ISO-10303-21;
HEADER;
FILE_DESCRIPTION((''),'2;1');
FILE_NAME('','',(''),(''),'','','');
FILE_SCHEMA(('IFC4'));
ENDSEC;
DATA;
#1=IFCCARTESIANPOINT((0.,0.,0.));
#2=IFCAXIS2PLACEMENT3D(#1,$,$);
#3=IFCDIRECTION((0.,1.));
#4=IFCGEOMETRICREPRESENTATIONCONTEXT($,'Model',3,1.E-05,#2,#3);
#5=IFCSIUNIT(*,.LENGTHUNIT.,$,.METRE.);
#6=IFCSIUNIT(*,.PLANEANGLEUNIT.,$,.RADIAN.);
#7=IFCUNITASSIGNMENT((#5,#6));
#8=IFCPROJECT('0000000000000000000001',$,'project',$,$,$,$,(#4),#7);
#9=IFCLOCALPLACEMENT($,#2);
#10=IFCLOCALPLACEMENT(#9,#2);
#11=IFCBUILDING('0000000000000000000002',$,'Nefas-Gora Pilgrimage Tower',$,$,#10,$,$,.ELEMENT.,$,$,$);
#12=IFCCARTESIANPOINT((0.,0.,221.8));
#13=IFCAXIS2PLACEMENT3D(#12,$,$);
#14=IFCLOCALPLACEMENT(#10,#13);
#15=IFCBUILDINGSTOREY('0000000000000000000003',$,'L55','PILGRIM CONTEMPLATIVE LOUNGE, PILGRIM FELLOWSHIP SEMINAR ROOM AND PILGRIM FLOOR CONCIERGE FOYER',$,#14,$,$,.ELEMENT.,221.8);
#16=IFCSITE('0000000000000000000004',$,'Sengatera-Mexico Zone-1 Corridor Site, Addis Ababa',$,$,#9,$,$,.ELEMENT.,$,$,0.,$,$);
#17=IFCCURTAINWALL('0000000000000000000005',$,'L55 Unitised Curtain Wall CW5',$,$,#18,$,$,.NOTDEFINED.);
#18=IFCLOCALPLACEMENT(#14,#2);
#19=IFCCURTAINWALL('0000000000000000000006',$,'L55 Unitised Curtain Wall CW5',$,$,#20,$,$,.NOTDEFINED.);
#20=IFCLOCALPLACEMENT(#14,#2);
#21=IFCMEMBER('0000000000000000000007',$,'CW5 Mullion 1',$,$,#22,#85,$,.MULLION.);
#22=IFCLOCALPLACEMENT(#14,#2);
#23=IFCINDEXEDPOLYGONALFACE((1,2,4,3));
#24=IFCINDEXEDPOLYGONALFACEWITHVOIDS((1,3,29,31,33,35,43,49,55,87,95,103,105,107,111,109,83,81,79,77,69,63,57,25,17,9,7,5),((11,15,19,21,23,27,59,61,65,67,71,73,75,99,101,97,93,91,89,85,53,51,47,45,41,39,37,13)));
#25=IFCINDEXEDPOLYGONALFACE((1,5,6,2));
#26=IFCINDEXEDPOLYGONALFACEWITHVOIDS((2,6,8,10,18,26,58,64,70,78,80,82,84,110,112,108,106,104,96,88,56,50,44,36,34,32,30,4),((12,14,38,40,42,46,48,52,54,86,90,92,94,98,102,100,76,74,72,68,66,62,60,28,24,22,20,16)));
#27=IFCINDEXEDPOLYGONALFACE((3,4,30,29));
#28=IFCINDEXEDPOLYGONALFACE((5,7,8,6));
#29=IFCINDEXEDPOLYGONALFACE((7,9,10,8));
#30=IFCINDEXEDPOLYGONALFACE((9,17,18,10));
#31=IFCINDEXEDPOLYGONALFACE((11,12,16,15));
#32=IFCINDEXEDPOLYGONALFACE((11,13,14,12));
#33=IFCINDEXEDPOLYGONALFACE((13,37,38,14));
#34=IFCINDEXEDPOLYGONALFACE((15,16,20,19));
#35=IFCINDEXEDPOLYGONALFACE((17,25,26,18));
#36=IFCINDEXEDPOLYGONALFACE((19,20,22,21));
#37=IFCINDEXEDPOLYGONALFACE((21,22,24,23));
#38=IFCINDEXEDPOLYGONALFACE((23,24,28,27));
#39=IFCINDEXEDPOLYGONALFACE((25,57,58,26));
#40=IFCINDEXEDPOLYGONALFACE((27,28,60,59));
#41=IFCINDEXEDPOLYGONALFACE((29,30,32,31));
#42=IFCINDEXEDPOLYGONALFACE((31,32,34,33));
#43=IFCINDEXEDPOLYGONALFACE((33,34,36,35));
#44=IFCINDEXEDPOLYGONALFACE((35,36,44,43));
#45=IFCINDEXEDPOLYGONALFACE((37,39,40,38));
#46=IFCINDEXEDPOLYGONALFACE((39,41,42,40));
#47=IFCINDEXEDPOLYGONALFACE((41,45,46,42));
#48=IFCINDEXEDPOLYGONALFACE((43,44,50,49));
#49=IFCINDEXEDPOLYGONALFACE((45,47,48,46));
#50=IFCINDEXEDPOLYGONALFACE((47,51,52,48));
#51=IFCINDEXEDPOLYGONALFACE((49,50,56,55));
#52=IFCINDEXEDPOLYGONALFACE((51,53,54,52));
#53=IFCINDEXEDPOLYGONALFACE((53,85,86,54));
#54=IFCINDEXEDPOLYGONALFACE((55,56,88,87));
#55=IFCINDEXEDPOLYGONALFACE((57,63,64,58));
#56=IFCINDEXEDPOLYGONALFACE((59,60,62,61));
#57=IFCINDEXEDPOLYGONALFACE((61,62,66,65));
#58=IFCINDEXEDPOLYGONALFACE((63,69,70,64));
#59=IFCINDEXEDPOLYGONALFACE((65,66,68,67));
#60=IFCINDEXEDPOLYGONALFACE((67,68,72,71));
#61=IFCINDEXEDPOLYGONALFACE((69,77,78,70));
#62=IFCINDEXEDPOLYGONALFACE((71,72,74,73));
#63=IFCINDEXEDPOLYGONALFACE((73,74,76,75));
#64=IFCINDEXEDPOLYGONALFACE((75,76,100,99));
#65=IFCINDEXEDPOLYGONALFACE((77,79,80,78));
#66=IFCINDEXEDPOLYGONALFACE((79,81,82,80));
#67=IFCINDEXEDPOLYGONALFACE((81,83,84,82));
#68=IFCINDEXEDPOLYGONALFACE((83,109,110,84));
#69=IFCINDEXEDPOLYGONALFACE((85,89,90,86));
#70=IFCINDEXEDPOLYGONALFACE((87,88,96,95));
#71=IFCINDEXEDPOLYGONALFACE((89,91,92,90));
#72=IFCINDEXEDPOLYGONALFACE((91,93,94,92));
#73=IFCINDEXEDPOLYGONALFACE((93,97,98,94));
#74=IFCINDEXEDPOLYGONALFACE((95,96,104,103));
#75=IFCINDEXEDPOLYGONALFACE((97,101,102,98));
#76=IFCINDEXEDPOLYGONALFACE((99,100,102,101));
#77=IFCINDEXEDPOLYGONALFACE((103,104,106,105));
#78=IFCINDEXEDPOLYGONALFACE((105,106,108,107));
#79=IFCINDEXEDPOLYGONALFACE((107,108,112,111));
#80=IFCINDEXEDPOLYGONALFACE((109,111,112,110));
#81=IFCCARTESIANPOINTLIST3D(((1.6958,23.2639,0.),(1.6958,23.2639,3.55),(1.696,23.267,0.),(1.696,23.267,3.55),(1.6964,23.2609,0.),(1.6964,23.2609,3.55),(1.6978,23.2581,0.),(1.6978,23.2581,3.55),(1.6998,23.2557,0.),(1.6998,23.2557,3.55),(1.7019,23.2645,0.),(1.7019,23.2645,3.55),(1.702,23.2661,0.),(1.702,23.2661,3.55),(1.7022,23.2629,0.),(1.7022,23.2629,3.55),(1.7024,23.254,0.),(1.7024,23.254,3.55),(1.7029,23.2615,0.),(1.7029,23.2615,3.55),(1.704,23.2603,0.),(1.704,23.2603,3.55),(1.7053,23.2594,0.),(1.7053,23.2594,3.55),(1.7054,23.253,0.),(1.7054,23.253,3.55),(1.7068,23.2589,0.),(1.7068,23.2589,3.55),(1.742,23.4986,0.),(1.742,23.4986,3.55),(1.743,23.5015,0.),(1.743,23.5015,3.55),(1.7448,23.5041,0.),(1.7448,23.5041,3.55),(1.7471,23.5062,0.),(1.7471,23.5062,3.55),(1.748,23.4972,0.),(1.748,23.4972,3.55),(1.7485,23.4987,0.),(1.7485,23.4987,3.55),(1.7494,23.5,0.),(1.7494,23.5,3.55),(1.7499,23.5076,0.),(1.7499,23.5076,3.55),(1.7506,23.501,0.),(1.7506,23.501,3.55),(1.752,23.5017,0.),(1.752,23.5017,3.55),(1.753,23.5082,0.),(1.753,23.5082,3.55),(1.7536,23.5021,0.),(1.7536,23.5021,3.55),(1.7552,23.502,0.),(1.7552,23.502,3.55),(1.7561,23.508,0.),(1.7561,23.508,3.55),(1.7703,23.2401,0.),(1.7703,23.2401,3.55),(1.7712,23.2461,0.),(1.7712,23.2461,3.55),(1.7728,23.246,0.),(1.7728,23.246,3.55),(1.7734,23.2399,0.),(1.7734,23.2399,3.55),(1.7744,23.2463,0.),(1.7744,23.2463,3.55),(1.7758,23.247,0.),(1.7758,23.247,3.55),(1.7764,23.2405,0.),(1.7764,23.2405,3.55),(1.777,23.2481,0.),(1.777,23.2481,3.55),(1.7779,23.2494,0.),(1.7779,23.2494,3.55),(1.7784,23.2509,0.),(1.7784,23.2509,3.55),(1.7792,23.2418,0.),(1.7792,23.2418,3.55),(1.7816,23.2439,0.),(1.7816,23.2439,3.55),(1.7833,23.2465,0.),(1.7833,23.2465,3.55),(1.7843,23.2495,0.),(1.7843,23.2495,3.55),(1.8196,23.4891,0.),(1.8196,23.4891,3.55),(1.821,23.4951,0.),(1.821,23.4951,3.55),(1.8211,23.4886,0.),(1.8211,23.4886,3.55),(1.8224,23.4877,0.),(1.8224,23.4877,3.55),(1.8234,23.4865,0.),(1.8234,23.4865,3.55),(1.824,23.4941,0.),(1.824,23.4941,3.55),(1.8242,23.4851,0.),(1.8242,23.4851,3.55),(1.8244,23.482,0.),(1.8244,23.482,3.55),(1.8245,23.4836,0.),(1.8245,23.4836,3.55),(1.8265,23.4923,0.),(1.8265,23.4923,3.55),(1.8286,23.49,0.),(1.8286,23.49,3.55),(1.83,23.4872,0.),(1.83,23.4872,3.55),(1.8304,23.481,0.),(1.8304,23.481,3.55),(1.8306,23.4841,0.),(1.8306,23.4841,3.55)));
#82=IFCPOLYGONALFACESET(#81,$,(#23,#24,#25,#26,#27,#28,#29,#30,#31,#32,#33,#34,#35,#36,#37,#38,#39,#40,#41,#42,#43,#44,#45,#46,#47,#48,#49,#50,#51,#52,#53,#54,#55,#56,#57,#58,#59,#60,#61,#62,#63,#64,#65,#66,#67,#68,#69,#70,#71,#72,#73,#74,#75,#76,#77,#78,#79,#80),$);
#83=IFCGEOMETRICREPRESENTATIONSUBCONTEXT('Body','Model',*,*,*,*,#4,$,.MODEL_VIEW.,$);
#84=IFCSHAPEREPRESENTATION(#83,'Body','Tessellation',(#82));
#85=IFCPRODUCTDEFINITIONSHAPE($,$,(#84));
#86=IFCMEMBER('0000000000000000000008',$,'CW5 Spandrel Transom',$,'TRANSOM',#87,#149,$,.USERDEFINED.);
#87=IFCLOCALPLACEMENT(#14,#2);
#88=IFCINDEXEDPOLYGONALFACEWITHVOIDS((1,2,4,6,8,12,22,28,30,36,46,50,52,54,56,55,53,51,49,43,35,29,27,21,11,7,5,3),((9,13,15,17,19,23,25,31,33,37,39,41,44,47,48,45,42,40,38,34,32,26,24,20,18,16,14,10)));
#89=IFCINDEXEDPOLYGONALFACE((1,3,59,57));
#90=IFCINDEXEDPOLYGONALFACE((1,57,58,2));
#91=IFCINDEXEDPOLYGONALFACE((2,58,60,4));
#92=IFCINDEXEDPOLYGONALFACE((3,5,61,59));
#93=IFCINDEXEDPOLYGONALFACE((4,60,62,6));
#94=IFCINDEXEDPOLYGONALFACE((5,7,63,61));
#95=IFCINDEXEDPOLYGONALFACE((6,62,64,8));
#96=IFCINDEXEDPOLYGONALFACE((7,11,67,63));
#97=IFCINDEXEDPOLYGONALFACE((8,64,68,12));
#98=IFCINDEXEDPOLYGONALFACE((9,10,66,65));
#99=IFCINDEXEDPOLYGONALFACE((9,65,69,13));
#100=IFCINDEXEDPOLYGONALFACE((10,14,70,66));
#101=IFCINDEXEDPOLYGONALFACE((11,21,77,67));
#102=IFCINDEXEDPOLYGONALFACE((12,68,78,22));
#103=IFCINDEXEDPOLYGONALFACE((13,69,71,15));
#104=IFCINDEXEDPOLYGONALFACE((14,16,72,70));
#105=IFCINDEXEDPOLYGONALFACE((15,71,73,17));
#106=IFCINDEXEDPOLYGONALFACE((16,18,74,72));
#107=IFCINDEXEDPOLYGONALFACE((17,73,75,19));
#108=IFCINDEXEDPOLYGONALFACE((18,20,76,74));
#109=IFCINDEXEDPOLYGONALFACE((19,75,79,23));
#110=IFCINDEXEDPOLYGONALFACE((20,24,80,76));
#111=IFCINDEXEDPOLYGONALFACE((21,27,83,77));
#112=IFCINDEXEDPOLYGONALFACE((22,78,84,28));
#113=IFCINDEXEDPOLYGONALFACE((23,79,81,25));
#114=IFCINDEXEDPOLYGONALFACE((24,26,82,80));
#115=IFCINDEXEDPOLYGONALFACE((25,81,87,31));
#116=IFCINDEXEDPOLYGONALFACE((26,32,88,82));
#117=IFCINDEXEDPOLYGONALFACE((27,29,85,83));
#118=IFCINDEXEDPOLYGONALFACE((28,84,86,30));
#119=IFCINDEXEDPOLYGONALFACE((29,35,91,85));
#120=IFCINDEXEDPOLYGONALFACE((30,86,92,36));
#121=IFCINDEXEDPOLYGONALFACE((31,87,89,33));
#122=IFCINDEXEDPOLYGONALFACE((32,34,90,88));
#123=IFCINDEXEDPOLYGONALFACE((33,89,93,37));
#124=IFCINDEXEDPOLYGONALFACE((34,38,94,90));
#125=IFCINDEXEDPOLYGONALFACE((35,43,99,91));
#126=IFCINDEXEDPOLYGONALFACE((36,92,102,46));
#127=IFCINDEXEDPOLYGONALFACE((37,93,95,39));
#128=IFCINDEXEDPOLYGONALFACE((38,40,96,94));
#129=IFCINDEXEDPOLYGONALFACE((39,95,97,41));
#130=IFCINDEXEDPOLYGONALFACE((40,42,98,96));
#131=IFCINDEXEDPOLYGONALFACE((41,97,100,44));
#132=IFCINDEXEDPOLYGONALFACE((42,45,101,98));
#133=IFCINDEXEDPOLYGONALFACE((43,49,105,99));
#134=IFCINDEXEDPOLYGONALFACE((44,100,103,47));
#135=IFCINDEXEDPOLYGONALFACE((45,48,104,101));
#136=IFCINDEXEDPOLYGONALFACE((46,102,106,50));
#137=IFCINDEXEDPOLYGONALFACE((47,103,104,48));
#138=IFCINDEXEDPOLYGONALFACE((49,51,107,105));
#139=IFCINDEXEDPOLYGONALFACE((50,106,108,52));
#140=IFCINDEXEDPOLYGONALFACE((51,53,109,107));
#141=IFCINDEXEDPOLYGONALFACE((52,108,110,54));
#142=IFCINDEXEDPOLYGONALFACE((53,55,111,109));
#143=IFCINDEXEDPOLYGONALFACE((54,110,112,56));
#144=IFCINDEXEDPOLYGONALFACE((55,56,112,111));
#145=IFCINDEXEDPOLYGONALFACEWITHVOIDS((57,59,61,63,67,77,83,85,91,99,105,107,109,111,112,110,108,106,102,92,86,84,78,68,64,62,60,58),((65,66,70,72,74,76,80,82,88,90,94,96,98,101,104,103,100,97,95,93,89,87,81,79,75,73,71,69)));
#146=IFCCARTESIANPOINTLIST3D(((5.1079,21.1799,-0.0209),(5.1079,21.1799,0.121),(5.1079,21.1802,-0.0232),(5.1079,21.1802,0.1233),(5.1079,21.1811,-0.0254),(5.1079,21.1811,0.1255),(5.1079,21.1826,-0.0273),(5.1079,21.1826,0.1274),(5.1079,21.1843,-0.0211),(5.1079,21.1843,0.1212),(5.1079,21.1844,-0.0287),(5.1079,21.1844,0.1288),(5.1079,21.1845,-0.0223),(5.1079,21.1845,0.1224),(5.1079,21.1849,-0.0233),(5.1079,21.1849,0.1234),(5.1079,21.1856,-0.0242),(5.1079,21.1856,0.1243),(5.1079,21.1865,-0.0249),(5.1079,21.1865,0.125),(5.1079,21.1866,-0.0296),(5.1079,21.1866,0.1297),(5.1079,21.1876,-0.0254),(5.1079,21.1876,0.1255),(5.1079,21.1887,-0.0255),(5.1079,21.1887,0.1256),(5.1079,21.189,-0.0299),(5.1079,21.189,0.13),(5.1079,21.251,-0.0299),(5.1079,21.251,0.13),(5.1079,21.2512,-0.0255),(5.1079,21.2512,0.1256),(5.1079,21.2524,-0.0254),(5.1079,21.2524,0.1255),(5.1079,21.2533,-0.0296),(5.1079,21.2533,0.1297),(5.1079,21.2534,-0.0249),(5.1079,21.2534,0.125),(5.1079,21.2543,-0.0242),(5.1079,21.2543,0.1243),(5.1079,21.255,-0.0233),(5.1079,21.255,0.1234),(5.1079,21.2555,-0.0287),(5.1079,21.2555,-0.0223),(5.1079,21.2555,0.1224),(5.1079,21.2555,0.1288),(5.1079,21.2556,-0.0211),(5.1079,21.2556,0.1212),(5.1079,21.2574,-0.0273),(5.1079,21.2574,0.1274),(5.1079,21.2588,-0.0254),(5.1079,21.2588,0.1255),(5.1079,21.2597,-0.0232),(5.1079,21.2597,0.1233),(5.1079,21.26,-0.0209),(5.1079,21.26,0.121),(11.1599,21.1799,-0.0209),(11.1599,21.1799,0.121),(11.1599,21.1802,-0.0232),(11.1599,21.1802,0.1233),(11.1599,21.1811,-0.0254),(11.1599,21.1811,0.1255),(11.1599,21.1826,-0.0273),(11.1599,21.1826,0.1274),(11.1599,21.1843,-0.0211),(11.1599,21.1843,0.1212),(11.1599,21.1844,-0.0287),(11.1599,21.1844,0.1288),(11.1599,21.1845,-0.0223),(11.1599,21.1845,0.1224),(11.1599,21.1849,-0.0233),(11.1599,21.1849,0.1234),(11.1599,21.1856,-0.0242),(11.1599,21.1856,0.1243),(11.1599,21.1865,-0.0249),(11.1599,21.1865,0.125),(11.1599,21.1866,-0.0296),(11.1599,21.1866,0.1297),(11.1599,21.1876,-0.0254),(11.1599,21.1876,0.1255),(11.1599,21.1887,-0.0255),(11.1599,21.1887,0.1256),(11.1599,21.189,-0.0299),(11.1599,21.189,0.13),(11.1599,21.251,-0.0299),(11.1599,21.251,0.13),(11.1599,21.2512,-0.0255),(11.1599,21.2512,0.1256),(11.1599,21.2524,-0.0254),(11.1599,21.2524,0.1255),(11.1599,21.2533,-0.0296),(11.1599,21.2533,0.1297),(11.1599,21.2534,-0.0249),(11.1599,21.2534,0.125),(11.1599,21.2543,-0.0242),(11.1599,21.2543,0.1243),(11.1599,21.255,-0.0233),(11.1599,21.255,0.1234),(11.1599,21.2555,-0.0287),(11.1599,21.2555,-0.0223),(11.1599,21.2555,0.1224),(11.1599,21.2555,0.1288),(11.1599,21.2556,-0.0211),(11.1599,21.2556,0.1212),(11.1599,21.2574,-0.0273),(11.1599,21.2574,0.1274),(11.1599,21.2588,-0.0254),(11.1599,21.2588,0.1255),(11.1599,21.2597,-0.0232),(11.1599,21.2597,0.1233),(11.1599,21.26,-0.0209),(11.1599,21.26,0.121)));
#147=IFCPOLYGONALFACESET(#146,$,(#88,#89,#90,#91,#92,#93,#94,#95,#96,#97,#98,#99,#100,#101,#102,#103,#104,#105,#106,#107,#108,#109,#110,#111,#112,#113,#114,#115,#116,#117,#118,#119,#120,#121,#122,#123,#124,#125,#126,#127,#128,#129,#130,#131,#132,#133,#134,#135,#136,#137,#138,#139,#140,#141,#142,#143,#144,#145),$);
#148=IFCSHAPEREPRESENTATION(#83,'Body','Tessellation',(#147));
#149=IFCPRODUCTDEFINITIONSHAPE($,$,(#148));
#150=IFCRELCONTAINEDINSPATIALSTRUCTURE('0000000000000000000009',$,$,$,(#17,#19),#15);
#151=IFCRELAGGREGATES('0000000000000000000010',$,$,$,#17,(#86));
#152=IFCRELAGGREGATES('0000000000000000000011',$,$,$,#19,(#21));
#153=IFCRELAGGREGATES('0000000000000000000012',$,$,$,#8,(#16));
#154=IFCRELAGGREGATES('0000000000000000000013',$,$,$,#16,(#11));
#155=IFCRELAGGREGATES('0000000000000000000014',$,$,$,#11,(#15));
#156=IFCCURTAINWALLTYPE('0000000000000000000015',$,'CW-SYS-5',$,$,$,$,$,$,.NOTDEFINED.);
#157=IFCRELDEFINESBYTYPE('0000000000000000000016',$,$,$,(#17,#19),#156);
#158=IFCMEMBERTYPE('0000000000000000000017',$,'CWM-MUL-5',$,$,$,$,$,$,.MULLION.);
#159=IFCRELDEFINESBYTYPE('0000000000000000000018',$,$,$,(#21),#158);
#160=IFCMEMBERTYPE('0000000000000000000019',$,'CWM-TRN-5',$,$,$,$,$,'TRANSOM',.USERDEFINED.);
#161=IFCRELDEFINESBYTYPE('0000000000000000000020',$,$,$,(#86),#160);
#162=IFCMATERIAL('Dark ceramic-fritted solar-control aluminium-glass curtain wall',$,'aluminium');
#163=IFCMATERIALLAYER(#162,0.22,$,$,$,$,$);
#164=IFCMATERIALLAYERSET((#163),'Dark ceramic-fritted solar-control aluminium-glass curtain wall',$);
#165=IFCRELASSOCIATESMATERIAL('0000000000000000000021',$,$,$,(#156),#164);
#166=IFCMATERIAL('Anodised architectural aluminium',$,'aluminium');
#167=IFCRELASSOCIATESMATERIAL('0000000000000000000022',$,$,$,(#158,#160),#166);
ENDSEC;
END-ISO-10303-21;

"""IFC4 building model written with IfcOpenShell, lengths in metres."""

from ifc_helpers import new_model, si_unit, direction, frame, origin, origin_2d, place, context, subcontext, project, spatial, hollow_rectangle, extrude, source, transform, mapped, material, layer, layer_set, material_profile, profile_set, type_object, element, aggregate, save


model = new_model("IFC4")

# Units and contexts
model_context = context("Model", 3, precision=1e-05, world=origin(), true_north=direction((0.0, 1.0)))
body_context = subcontext(model_context, "Body", "Model", "MODEL_VIEW")
ifc_project = project(units=[si_unit("LENGTHUNIT", "METRE"), si_unit("PLANEANGLEUNIT", "RADIAN")], contexts=[model_context])

# Site, building, storey
site_placement = place(None, origin())
site = spatial("IfcSite", under=ifc_project, at=site_placement, Name="Sengatera-Mexico Zone-1 Corridor Site, Addis Ababa", CompositionType="ELEMENT", RefElevation=0.0)
building_placement = place(site_placement, origin())
building = spatial("IfcBuilding", under=site, at=building_placement, Name="Nefas-Gora Pilgrimage Tower", CompositionType="ELEMENT")
storey_placement = place(building_placement, frame((0.0, 0.0, 221.8)))
storey = spatial("IfcBuildingStorey", under=building, at=storey_placement, Name="L55", Description="PILGRIM CONTEMPLATIVE LOUNGE, PILGRIM FELLOWSHIP SEMINAR ROOM AND PILGRIM FLOOR CONCIERGE FOYER", CompositionType="ELEMENT", Elevation=221.8)

# Curtain wall
ifc_material_1 = material(Name="Dark ceramic-fritted solar-control aluminium-glass curtain wall", Category="aluminium")
ifc_layer_1 = layer(ifc_material_1, 0.22)
ifc_layer_set_1 = layer_set([ifc_layer_1], Name="Dark ceramic-fritted solar-control aluminium-glass curtain wall")
curtain_wall_type = type_object("IfcCurtainWallType", Name="CW-SYS-5", PredefinedType="NOTDEFINED", material=ifc_layer_set_1)
curtain_wall_1_placement = place(storey_placement, origin())
curtain_wall_1 = element("IfcCurtainWall", 1, at=curtain_wall_1_placement, inside=storey, type_object=curtain_wall_type, Name="L55 Unitised Curtain Wall CW5", PredefinedType="NOTDEFINED")
ifc_material_2 = material(Name="Anodised architectural aluminium", Category="aluminium")
ifc_material_profile_1 = material_profile(ifc_material_2, hollow_rectangle(XDim=0.0901, YDim=0.26, WallThickness=0.0061, InnerFilletRadius=0.0061, OuterFilletRadius=0.012, at=origin_2d()), Name="ALU MULLION 90x260")
ifc_profile_set_1 = profile_set([ifc_material_profile_1], Name="Anodised architectural aluminium")
member_type_1 = type_object("IfcMemberType", Name="CWM-MUL-5", PredefinedType="MULLION", material=ifc_profile_set_1)
shared_shape_1 = source(origin(), body_context, "Body", "SweptSolid", [
    extrude(hollow_rectangle(XDim=0.0901, YDim=0.26, WallThickness=0.0061, InnerFilletRadius=0.0061, OuterFilletRadius=0.012, at=origin_2d()), origin(), (0.0, 0.0, 1.0), 3.55),
])

# Curtain wall, member
curtain_wall_2_placement = place(storey_placement, origin())
curtain_wall_2 = element("IfcCurtainWall", 2, at=curtain_wall_2_placement, inside=storey, type_object=curtain_wall_type, Name="L55 Unitised Curtain Wall CW5", PredefinedType="NOTDEFINED")
member_1_placement = place(storey_placement, frame((1.7632, 23.374, 0.0), z_axis=(0.0, 0.0, 1.0), x_axis=(-0.980783, 0.195102, 0.0)))
member_1 = element("IfcMember", 3, at=member_1_placement, type_object=member_type_1, Name="CW5 Mullion 1", PredefinedType="MULLION", context=body_context, shape_type="MappedRepresentation", body=[
    mapped(shared_shape_1, transform((0.0, 0.0, 0.0), x_axis=(1.0, 0.0, 0.0), y_axis=(0.0, 1.0, 0.0), z_axis=(0.0, 0.0, 1.0), scale=1.0)),
])

# Member
ifc_material_profile_2 = material_profile(ifc_material_2, hollow_rectangle(XDim=0.0801, YDim=0.1599, WallThickness=0.0044, InnerFilletRadius=0.0044, OuterFilletRadius=0.009, at=origin_2d()), Name="ALU TRANSOM 80x160")
ifc_profile_set_2 = profile_set([ifc_material_profile_2], Name="Anodised architectural aluminium")
member_type_2 = type_object("IfcMemberType", Name="CWM-TRN-5", ElementType="TRANSOM", PredefinedType="USERDEFINED", material=ifc_profile_set_2)
shared_shape_2 = source(origin(), body_context, "Body", "SweptSolid", [
    extrude(hollow_rectangle(XDim=0.0801, YDim=0.1599, WallThickness=0.0044, InnerFilletRadius=0.0044, OuterFilletRadius=0.009, at=origin_2d()), origin(), (0.0, 0.0, 1.0), 6.052),
])
member_2_placement = place(storey_placement, frame((11.1599, 21.22, 0.05), z_axis=(-1.0, 0.0, 0.0), x_axis=(0.0, -1.0, 0.0)))
member_2 = element("IfcMember", 4, at=member_2_placement, type_object=member_type_2, Name="CW5 Spandrel Transom", ObjectType="TRANSOM", PredefinedType="USERDEFINED", context=body_context, shape_type="MappedRepresentation", body=[
    mapped(shared_shape_2, transform((0.0, 0.0, 0.0), x_axis=(1.0, 0.0, 0.0), y_axis=(0.0, 1.0, 0.0), z_axis=(0.0, 0.0, 1.0), scale=1.0)),
])

aggregate(curtain_wall_1, [member_2])
aggregate(curtain_wall_2, [member_1])

save(model, "model.ifc")
